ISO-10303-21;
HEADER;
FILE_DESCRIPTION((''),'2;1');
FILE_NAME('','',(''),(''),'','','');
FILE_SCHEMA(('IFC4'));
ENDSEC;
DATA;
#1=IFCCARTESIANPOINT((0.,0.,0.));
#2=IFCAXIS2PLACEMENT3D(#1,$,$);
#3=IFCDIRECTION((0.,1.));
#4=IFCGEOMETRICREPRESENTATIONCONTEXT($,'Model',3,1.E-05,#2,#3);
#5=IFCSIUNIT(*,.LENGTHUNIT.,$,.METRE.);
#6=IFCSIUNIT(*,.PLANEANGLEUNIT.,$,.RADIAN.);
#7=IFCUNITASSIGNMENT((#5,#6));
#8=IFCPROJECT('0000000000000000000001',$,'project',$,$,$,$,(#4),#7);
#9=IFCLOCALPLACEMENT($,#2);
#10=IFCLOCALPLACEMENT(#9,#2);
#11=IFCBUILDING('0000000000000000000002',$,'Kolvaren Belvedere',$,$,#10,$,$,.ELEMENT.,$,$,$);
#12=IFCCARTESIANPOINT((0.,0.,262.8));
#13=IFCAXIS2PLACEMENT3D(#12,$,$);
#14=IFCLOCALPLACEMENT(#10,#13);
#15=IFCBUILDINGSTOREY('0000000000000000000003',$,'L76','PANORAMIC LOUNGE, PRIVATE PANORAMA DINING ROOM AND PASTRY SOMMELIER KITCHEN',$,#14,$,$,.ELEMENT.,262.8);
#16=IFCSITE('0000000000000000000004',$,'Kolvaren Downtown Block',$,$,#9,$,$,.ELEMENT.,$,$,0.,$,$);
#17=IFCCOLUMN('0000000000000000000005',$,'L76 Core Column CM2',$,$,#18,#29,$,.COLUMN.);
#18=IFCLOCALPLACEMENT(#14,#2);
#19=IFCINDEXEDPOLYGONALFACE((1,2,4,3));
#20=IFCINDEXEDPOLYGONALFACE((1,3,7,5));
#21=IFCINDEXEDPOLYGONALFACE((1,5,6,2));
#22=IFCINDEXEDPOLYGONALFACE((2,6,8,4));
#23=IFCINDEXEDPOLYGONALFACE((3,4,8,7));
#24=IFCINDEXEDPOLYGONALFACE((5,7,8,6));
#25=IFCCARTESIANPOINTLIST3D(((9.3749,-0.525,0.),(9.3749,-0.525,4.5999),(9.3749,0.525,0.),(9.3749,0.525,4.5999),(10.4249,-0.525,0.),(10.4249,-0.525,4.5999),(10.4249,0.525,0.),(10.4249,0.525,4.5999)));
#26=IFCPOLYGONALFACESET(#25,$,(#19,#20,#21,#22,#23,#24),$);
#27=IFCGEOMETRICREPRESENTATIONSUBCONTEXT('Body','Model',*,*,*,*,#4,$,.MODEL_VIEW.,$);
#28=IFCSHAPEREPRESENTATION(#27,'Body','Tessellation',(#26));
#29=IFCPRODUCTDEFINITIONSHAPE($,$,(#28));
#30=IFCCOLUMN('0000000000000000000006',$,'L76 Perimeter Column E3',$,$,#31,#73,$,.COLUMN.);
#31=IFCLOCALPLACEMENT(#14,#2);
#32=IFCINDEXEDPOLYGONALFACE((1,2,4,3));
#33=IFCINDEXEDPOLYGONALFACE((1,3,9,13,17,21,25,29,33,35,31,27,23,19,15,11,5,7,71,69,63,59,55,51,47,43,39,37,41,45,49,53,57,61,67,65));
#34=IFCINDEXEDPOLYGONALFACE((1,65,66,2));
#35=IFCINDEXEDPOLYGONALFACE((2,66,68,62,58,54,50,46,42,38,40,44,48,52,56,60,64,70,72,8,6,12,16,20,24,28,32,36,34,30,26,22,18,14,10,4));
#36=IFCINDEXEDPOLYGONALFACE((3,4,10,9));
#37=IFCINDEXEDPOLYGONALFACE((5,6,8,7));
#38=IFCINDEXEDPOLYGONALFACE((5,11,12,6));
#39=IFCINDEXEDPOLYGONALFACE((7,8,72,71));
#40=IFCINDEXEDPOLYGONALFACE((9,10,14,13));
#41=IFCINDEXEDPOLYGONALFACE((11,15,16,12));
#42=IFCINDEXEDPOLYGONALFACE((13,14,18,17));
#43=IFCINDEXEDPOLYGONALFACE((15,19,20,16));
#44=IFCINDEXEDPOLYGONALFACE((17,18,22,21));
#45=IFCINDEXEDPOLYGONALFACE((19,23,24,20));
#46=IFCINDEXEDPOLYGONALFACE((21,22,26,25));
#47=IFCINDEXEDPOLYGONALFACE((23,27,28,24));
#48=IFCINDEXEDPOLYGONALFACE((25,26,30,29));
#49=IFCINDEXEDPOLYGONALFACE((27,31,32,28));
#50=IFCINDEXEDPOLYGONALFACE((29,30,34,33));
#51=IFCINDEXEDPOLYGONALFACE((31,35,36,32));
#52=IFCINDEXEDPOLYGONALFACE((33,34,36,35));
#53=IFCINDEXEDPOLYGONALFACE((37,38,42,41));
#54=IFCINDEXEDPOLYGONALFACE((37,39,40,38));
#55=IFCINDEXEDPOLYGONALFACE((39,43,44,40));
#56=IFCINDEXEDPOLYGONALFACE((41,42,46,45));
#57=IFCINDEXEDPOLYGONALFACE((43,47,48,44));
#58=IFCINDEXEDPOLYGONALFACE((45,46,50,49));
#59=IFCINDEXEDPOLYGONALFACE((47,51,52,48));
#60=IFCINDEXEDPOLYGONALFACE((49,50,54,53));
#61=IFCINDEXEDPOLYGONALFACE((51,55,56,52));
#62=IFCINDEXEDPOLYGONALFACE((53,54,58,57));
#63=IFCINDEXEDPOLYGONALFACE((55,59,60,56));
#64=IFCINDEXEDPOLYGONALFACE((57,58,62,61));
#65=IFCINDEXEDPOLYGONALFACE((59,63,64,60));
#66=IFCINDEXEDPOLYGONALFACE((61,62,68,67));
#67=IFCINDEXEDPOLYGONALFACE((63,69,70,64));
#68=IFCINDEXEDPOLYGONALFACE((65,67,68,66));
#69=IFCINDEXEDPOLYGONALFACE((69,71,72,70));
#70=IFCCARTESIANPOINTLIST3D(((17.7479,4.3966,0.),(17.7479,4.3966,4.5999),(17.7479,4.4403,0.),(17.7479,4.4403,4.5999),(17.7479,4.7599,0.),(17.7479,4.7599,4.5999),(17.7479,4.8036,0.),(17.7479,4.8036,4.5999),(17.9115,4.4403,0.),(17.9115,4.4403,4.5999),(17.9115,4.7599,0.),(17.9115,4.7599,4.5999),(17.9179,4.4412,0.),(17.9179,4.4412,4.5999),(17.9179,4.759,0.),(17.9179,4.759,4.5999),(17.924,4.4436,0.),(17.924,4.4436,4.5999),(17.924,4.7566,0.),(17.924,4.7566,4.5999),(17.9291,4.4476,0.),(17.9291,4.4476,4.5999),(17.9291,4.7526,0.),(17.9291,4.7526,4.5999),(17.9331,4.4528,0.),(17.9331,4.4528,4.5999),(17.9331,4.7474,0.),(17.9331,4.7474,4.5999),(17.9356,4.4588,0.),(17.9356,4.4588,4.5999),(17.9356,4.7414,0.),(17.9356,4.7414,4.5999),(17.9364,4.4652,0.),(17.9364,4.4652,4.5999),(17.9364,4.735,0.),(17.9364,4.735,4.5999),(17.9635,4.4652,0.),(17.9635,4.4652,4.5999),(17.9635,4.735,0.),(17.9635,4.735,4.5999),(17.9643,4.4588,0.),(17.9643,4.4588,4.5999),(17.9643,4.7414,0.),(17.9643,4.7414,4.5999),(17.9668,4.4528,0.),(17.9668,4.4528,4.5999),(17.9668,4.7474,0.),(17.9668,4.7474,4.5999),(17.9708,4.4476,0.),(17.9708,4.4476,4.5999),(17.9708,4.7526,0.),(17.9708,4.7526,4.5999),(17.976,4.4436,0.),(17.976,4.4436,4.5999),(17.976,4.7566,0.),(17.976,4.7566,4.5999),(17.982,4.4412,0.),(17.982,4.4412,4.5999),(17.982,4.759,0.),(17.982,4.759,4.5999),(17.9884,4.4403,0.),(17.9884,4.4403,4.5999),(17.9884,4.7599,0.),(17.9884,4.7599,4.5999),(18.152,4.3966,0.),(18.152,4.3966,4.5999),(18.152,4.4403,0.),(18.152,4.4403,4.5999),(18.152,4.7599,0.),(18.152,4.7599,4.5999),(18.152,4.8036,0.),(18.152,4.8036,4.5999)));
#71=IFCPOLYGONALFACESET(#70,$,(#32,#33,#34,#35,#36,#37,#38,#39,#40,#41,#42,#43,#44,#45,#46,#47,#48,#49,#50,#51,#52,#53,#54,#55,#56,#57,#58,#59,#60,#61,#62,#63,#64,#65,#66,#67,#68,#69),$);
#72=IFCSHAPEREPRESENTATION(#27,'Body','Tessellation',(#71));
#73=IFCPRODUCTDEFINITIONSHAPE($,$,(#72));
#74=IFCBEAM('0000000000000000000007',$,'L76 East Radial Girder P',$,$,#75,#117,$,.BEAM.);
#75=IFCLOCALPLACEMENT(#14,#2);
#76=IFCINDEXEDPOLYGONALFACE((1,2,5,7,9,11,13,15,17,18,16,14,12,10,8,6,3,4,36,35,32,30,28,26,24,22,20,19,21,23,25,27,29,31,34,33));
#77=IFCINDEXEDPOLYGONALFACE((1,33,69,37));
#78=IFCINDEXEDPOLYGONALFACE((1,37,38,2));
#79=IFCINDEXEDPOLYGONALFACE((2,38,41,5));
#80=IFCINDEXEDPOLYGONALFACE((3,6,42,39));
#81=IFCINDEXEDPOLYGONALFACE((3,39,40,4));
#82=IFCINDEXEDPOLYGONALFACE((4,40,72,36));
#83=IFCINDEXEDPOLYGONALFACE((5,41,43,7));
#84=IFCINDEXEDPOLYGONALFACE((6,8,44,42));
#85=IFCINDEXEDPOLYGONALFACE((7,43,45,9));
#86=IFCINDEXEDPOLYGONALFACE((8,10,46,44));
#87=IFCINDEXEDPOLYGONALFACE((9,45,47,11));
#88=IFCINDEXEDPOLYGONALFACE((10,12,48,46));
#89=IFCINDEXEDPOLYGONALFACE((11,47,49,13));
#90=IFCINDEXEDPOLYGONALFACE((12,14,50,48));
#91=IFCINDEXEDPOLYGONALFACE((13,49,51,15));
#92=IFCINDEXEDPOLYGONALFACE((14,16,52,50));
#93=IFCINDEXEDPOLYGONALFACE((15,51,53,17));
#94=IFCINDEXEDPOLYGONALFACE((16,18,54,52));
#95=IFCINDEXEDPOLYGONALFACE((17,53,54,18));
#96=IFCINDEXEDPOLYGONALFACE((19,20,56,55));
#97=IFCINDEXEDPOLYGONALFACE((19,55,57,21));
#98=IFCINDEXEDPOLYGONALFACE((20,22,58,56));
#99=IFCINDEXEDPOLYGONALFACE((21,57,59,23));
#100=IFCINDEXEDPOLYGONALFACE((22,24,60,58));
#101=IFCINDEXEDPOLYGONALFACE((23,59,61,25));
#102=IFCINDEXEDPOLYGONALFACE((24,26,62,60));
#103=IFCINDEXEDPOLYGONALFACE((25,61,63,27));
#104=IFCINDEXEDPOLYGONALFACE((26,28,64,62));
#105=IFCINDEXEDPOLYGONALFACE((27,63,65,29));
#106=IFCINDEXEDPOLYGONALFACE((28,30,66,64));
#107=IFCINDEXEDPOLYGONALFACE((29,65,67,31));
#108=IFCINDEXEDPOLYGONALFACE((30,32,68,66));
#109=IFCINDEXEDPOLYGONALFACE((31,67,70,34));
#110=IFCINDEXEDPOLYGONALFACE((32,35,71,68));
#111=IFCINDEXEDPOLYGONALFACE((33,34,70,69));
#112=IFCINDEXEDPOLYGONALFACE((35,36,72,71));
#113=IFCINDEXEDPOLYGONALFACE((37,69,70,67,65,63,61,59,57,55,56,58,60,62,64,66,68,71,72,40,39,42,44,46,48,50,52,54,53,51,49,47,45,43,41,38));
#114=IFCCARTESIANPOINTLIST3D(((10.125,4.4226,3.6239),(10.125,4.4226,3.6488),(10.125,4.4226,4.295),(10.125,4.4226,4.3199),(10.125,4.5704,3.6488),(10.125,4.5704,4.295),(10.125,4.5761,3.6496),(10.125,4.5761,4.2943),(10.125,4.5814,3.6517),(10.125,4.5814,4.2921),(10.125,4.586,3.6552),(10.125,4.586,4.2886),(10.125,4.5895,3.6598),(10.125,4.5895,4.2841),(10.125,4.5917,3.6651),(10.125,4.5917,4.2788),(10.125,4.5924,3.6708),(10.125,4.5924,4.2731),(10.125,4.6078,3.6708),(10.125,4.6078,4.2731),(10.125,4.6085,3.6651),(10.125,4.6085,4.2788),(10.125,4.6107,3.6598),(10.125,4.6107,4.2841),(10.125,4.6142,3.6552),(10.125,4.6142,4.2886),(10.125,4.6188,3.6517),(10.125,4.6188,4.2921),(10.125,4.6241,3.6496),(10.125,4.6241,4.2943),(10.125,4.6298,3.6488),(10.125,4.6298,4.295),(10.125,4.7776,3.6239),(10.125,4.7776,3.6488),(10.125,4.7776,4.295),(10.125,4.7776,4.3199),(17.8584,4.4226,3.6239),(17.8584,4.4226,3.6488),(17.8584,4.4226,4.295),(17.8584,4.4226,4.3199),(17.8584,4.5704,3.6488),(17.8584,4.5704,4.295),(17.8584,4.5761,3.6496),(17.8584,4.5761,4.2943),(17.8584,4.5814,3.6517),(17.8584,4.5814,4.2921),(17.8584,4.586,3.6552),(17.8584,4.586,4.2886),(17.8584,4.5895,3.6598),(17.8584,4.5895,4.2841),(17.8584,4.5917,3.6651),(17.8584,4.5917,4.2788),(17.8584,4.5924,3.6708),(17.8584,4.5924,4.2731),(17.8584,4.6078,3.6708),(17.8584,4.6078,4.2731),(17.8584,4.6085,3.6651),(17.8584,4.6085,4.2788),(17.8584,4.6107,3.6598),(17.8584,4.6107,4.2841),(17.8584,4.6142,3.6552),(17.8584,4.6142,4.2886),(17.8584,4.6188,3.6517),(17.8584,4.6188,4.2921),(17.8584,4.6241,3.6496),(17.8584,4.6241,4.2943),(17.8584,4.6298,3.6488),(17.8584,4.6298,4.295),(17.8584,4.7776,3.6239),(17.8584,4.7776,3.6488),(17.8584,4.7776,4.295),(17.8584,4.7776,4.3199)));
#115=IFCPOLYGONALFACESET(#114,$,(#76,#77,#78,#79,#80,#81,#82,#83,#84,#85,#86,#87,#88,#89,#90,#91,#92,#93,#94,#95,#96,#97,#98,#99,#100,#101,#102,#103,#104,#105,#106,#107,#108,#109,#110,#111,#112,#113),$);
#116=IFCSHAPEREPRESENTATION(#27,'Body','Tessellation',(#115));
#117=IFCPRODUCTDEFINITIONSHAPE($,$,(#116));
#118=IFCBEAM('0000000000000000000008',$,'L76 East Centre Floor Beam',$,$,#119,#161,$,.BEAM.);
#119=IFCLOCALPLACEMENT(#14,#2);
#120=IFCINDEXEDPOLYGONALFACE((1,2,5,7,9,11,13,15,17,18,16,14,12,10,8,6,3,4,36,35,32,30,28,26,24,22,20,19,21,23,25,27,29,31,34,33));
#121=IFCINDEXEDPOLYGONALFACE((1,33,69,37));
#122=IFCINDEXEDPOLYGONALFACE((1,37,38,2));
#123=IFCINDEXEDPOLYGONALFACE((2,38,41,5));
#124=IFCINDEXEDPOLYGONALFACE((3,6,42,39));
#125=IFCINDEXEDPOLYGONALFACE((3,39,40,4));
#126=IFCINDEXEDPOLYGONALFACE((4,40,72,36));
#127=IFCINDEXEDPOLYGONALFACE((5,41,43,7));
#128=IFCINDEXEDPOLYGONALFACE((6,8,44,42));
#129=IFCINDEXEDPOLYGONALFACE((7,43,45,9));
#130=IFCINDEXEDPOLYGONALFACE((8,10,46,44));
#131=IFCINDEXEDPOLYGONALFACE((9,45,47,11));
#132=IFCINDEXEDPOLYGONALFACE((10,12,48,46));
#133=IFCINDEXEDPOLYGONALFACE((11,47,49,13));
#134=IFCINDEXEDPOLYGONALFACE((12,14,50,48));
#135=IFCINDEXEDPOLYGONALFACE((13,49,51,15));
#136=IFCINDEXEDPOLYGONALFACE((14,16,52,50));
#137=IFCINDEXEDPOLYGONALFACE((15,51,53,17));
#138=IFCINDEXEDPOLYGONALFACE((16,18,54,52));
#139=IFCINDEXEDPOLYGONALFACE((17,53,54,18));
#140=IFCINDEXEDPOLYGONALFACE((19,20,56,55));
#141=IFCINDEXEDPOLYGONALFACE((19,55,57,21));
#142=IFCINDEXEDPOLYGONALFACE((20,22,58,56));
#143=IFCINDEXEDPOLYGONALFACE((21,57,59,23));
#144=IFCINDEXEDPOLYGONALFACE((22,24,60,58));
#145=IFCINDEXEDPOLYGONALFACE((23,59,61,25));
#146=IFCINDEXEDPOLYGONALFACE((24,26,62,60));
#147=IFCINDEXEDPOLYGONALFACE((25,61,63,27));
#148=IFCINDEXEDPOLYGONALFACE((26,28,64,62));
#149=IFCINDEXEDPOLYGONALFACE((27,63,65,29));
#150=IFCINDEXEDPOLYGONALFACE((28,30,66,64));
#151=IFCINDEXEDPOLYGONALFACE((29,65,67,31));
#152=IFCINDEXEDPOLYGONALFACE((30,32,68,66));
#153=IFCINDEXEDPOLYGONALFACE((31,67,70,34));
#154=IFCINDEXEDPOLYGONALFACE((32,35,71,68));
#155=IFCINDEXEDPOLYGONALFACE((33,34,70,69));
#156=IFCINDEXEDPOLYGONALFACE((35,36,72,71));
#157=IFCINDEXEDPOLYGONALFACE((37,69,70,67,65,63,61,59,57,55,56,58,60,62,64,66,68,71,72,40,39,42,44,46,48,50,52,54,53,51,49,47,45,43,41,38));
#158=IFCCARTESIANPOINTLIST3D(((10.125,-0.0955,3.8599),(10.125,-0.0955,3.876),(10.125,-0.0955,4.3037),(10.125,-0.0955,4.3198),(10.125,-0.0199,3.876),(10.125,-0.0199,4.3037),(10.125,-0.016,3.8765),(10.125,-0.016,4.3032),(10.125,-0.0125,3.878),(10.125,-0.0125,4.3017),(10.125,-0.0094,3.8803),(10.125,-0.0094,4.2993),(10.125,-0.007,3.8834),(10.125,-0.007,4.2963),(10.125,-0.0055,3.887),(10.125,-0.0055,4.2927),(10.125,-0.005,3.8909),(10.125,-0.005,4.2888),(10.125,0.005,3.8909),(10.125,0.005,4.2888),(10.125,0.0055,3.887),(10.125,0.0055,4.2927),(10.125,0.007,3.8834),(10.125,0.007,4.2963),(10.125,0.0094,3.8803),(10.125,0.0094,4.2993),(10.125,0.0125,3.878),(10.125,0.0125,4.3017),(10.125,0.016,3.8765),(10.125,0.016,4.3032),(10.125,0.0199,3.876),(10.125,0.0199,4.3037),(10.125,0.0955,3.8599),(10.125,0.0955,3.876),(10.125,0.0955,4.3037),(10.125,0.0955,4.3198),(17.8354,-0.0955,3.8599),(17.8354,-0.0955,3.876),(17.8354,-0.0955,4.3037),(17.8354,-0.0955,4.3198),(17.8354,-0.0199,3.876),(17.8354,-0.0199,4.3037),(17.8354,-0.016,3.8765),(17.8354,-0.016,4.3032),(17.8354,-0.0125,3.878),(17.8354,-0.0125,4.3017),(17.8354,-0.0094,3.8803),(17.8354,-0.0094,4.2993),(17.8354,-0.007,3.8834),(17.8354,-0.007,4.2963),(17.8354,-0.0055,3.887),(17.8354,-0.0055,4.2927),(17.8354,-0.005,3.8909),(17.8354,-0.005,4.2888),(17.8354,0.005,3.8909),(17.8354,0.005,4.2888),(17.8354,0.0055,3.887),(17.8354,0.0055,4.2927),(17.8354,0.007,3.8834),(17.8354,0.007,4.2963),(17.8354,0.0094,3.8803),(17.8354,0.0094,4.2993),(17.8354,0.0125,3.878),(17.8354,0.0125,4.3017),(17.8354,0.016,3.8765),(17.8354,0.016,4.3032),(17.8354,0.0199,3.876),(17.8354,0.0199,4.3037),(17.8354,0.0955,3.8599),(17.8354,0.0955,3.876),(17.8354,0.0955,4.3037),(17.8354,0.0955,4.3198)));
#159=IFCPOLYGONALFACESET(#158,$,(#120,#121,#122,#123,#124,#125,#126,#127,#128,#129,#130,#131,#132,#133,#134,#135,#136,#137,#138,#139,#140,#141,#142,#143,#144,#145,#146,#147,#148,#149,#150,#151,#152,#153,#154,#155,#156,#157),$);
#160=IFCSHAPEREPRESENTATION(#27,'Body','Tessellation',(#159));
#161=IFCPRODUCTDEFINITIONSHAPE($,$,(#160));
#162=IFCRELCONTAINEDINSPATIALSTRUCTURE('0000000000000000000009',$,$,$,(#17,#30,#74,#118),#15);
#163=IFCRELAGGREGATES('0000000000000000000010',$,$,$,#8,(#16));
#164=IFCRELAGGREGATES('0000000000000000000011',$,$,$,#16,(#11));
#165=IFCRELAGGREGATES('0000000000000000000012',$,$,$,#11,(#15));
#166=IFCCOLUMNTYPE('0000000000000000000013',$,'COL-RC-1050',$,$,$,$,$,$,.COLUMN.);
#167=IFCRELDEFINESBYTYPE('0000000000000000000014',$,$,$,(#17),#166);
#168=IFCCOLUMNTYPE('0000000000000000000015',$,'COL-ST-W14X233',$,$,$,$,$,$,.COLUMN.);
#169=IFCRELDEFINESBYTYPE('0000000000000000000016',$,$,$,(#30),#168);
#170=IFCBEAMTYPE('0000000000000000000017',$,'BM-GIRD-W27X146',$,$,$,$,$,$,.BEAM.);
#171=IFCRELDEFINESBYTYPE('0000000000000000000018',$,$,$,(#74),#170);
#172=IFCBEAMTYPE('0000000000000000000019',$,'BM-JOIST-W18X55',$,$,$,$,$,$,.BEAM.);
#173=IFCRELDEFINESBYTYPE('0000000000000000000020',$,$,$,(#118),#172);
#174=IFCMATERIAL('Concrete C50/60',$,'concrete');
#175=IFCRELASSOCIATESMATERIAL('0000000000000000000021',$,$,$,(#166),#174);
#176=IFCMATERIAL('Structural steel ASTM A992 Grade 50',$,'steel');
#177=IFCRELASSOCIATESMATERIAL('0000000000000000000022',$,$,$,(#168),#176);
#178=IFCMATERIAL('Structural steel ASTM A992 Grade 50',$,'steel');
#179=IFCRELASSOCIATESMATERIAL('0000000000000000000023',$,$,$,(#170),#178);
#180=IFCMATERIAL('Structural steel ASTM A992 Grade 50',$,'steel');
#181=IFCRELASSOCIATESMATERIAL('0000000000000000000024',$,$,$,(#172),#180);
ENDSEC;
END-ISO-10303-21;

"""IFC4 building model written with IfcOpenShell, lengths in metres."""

from ifc_helpers import new_model, si_unit, direction, frame, origin, origin_2d, place, context, subcontext, project, spatial, rectangle, i_section, extrude, material, material_profile, profile_set, type_object, element, save


model = new_model("IFC4")

# Units and contexts
model_context = context("Model", 3, precision=1e-05, world=origin(), true_north=direction((0.0, 1.0)))
body_context = subcontext(model_context, "Body", "Model", "MODEL_VIEW")
ifc_project = project(units=[si_unit("LENGTHUNIT", "METRE"), si_unit("PLANEANGLEUNIT", "RADIAN")], contexts=[model_context])

# Site, building, storey
site_placement = place(None, origin())
site = spatial("IfcSite", under=ifc_project, at=site_placement, Name="Kolvaren Downtown Block", CompositionType="ELEMENT", RefElevation=0.0)
building_placement = place(site_placement, origin())
building = spatial("IfcBuilding", under=site, at=building_placement, Name="Kolvaren Belvedere", CompositionType="ELEMENT")
storey_placement = place(building_placement, frame((0.0, 0.0, 262.8)))
storey = spatial("IfcBuildingStorey", under=building, at=storey_placement, Name="L76", Description="PANORAMIC LOUNGE, PRIVATE PANORAMA DINING ROOM AND PASTRY SOMMELIER KITCHEN", CompositionType="ELEMENT", Elevation=262.8)

# Columns
ifc_material_1 = material(Name="Concrete C50/60", Category="concrete")
ifc_material_profile_1 = material_profile(ifc_material_1, rectangle(XDim=1.05, YDim=1.05, at=origin_2d()), Name="RC 1050X1050")
ifc_profile_set_1 = profile_set([ifc_material_profile_1], Name="Concrete C50/60")
column_type_1 = type_object("IfcColumnType", Name="COL-RC-1050", PredefinedType="COLUMN", material=ifc_profile_set_1)
column_1_placement = place(storey_placement, frame((9.8999, 0.0, 0.0), z_axis=(0.0, 0.0, 1.0), x_axis=(1.0, 0.0, 0.0)))
element("IfcColumn", 1, at=column_1_placement, inside=storey, type_object=column_type_1, Name="L76 Core Column CM2", PredefinedType="COLUMN", context=body_context, shape_type="SweptSolid", body=[
    extrude(rectangle(XDim=1.05, YDim=1.05, at=origin_2d()), origin(), (0.0, 0.0, 1.0), 4.5999),
])
ifc_material_2 = material(Name="Structural steel ASTM A992 Grade 50", Category="steel")
ifc_material_profile_2 = material_profile(ifc_material_2, i_section(OverallWidth=0.4041, OverallDepth=0.407, WebThickness=0.0271, FlangeThickness=0.0437, FilletRadius=0.0249, at=origin_2d()), Name="W14X233")
ifc_profile_set_2 = profile_set([ifc_material_profile_2], Name="Structural steel ASTM A992 Grade 50")
column_type_2 = type_object("IfcColumnType", Name="COL-ST-W14X233", PredefinedType="COLUMN", material=ifc_profile_set_2)
column_2_placement = place(storey_placement, frame((17.95, 4.6001, 0.0), z_axis=(0.0, 0.0, 1.0), x_axis=(1.0, 0.0, 0.0)))
element("IfcColumn", 2, at=column_2_placement, inside=storey, type_object=column_type_2, Name="L76 Perimeter Column E3", PredefinedType="COLUMN", context=body_context, shape_type="SweptSolid", body=[
    extrude(i_section(OverallWidth=0.4041, OverallDepth=0.407, WebThickness=0.0271, FlangeThickness=0.0437, FilletRadius=0.0249, at=origin_2d()), origin(), (0.0, 0.0, 1.0), 4.5999),
])

# Beams
ifc_material_3 = material(Name="Structural steel ASTM A992 Grade 50", Category="steel")
ifc_material_profile_3 = material_profile(ifc_material_3, i_section(OverallWidth=0.355, OverallDepth=0.696, WebThickness=0.0154, FlangeThickness=0.0249, FilletRadius=0.022, at=origin_2d()), Name="W27X146")
ifc_profile_set_3 = profile_set([ifc_material_profile_3], Name="Structural steel ASTM A992 Grade 50")
beam_type_1 = type_object("IfcBeamType", Name="BM-GIRD-W27X146", PredefinedType="BEAM", material=ifc_profile_set_3)
beam_1_placement = place(storey_placement, frame((10.125, 4.6001, 3.9719), z_axis=(1.0, 0.0, 0.0), x_axis=(0.0, 1.0, 0.0)))
element("IfcBeam", 3, at=beam_1_placement, inside=storey, type_object=beam_type_1, Name="L76 East Radial Girder P", PredefinedType="BEAM", context=body_context, shape_type="SweptSolid", body=[
    extrude(i_section(OverallWidth=0.355, OverallDepth=0.696, WebThickness=0.0154, FlangeThickness=0.0249, FilletRadius=0.022, at=origin_2d()), origin(), (0.0, 0.0, 1.0), 7.7334),
])
ifc_material_4 = material(Name="Structural steel ASTM A992 Grade 50", Category="steel")
ifc_material_profile_4 = material_profile(ifc_material_4, i_section(OverallWidth=0.1909, OverallDepth=0.46, WebThickness=0.01, FlangeThickness=0.0161, FilletRadius=0.0149, at=origin_2d()), Name="W18X55")
ifc_profile_set_4 = profile_set([ifc_material_profile_4], Name="Structural steel ASTM A992 Grade 50")
beam_type_2 = type_object("IfcBeamType", Name="BM-JOIST-W18X55", PredefinedType="BEAM", material=ifc_profile_set_4)
beam_2_placement = place(storey_placement, frame((10.125, 0.0, 4.0898), z_axis=(1.0, 0.0, 0.0), x_axis=(0.0, 1.0, 0.0)))
element("IfcBeam", 4, at=beam_2_placement, inside=storey, type_object=beam_type_2, Name="L76 East Centre Floor Beam", PredefinedType="BEAM", context=body_context, shape_type="SweptSolid", body=[
    extrude(i_section(OverallWidth=0.1909, OverallDepth=0.46, WebThickness=0.01, FlangeThickness=0.0161, FilletRadius=0.0149, at=origin_2d()), origin(), (0.0, 0.0, 1.0), 7.7104),
])

save(model, "model.ifc")
